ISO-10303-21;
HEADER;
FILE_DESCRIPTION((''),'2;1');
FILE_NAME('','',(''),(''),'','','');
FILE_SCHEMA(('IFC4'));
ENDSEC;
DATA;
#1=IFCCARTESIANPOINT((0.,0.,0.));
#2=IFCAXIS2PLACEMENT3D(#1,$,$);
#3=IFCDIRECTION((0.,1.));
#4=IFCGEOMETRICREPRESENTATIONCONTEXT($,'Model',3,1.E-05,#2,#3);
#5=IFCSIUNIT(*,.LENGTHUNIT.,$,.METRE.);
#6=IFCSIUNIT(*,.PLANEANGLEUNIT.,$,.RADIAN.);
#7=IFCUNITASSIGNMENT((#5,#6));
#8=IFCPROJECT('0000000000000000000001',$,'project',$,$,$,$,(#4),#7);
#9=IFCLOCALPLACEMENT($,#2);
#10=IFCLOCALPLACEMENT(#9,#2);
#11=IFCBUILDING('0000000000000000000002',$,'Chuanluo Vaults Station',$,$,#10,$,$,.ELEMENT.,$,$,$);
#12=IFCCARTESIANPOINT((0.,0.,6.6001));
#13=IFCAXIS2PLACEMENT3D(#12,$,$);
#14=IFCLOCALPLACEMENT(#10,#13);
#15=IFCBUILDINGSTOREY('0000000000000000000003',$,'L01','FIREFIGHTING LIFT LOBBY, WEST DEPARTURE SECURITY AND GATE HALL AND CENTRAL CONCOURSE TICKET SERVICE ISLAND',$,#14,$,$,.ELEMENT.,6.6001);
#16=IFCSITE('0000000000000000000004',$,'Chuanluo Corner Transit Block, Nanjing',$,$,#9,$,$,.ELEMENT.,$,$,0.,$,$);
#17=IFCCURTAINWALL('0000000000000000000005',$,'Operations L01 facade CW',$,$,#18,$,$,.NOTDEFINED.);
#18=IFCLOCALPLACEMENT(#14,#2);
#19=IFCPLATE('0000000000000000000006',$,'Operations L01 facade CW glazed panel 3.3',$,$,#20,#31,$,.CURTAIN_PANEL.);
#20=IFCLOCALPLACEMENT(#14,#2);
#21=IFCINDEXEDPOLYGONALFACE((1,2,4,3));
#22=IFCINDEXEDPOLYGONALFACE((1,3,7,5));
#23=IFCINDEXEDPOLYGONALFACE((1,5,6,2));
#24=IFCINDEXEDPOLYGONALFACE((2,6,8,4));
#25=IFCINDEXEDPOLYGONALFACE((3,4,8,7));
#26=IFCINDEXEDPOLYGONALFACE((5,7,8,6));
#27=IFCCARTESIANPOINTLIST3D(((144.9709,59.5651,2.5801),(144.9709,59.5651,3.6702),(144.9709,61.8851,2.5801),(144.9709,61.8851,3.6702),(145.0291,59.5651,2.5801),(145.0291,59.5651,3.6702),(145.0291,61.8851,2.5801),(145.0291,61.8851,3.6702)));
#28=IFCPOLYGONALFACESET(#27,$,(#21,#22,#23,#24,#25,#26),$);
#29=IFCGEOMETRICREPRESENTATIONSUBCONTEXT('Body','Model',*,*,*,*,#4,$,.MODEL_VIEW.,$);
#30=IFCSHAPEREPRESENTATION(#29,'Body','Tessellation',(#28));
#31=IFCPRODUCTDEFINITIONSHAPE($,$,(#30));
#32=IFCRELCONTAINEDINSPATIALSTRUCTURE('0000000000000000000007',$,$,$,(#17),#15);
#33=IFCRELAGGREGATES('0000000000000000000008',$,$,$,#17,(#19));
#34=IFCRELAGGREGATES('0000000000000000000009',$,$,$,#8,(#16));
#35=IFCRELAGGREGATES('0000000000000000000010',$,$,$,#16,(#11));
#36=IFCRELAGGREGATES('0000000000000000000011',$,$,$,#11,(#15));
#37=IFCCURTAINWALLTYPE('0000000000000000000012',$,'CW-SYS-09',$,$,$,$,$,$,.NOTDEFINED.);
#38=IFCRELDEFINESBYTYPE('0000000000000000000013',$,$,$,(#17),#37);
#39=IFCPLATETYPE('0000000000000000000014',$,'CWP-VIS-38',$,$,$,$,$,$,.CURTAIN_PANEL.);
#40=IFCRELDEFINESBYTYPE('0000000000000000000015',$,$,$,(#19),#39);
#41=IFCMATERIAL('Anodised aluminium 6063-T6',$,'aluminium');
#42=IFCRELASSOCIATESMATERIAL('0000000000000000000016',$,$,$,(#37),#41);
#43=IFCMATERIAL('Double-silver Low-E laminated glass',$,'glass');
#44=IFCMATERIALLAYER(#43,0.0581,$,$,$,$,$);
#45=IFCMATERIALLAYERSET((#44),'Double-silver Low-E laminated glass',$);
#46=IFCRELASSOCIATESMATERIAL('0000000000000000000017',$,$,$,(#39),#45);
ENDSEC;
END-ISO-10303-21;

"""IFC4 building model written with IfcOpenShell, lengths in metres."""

from ifc_helpers import new_model, si_unit, direction, frame, origin, origin_2d, place, context, subcontext, project, spatial, rectangle, extrude, material, layer, layer_set, type_object, element, aggregate, save


model = new_model("IFC4")

# Units and contexts
model_context = context("Model", 3, precision=1e-05, world=origin(), true_north=direction((0.0, 1.0)))
body_context = subcontext(model_context, "Body", "Model", "MODEL_VIEW")
ifc_project = project(units=[si_unit("LENGTHUNIT", "METRE"), si_unit("PLANEANGLEUNIT", "RADIAN")], contexts=[model_context])

# Site, building, storey
site_placement = place(None, origin())
site = spatial("IfcSite", under=ifc_project, at=site_placement, Name="Chuanluo Corner Transit Block, Nanjing", CompositionType="ELEMENT", RefElevation=0.0)
building_placement = place(site_placement, origin())
building = spatial("IfcBuilding", under=site, at=building_placement, Name="Chuanluo Vaults Station", CompositionType="ELEMENT")
storey_placement = place(building_placement, frame((0.0, 0.0, 6.6001)))
storey = spatial("IfcBuildingStorey", under=building, at=storey_placement, Name="L01", Description="FIREFIGHTING LIFT LOBBY, WEST DEPARTURE SECURITY AND GATE HALL AND CENTRAL CONCOURSE TICKET SERVICE ISLAND", CompositionType="ELEMENT", Elevation=6.6001)

# Curtain wall, plate
ifc_material_1 = material(Name="Anodised aluminium 6063-T6", Category="aluminium")
curtain_wall_type = type_object("IfcCurtainWallType", Name="CW-SYS-09", PredefinedType="NOTDEFINED", material=ifc_material_1)
curtain_wall_placement = place(storey_placement, origin())
curtain_wall = element("IfcCurtainWall", 1, at=curtain_wall_placement, inside=storey, type_object=curtain_wall_type, Name="Operations L01 facade CW", PredefinedType="NOTDEFINED")
ifc_material_2 = material(Name="Double-silver Low-E laminated glass", Category="glass")
ifc_layer_1 = layer(ifc_material_2, 0.0581)
ifc_layer_set_1 = layer_set([ifc_layer_1], Name="Double-silver Low-E laminated glass")
plate_type_1 = type_object("IfcPlateType", Name="CWP-VIS-38", PredefinedType="CURTAIN_PANEL", material=ifc_layer_set_1)
plate_1_placement = place(storey_placement, frame((145.0, 60.7251, 2.5801), z_axis=(0.0, 0.0, 1.0), x_axis=(0.0, 1.0, 0.0)))
plate_1 = element("IfcPlate", 2, at=plate_1_placement, type_object=plate_type_1, Name="Operations L01 facade CW glazed panel 3.3", PredefinedType="CURTAIN_PANEL", context=body_context, shape_type="SweptSolid", body=[
    extrude(rectangle(XDim=2.3201, YDim=0.0581, at=origin_2d()), origin(), (0.0, 0.0, 1.0), 1.0901),
])
aggregate(curtain_wall, [plate_1])

save(model, "model.ifc")
